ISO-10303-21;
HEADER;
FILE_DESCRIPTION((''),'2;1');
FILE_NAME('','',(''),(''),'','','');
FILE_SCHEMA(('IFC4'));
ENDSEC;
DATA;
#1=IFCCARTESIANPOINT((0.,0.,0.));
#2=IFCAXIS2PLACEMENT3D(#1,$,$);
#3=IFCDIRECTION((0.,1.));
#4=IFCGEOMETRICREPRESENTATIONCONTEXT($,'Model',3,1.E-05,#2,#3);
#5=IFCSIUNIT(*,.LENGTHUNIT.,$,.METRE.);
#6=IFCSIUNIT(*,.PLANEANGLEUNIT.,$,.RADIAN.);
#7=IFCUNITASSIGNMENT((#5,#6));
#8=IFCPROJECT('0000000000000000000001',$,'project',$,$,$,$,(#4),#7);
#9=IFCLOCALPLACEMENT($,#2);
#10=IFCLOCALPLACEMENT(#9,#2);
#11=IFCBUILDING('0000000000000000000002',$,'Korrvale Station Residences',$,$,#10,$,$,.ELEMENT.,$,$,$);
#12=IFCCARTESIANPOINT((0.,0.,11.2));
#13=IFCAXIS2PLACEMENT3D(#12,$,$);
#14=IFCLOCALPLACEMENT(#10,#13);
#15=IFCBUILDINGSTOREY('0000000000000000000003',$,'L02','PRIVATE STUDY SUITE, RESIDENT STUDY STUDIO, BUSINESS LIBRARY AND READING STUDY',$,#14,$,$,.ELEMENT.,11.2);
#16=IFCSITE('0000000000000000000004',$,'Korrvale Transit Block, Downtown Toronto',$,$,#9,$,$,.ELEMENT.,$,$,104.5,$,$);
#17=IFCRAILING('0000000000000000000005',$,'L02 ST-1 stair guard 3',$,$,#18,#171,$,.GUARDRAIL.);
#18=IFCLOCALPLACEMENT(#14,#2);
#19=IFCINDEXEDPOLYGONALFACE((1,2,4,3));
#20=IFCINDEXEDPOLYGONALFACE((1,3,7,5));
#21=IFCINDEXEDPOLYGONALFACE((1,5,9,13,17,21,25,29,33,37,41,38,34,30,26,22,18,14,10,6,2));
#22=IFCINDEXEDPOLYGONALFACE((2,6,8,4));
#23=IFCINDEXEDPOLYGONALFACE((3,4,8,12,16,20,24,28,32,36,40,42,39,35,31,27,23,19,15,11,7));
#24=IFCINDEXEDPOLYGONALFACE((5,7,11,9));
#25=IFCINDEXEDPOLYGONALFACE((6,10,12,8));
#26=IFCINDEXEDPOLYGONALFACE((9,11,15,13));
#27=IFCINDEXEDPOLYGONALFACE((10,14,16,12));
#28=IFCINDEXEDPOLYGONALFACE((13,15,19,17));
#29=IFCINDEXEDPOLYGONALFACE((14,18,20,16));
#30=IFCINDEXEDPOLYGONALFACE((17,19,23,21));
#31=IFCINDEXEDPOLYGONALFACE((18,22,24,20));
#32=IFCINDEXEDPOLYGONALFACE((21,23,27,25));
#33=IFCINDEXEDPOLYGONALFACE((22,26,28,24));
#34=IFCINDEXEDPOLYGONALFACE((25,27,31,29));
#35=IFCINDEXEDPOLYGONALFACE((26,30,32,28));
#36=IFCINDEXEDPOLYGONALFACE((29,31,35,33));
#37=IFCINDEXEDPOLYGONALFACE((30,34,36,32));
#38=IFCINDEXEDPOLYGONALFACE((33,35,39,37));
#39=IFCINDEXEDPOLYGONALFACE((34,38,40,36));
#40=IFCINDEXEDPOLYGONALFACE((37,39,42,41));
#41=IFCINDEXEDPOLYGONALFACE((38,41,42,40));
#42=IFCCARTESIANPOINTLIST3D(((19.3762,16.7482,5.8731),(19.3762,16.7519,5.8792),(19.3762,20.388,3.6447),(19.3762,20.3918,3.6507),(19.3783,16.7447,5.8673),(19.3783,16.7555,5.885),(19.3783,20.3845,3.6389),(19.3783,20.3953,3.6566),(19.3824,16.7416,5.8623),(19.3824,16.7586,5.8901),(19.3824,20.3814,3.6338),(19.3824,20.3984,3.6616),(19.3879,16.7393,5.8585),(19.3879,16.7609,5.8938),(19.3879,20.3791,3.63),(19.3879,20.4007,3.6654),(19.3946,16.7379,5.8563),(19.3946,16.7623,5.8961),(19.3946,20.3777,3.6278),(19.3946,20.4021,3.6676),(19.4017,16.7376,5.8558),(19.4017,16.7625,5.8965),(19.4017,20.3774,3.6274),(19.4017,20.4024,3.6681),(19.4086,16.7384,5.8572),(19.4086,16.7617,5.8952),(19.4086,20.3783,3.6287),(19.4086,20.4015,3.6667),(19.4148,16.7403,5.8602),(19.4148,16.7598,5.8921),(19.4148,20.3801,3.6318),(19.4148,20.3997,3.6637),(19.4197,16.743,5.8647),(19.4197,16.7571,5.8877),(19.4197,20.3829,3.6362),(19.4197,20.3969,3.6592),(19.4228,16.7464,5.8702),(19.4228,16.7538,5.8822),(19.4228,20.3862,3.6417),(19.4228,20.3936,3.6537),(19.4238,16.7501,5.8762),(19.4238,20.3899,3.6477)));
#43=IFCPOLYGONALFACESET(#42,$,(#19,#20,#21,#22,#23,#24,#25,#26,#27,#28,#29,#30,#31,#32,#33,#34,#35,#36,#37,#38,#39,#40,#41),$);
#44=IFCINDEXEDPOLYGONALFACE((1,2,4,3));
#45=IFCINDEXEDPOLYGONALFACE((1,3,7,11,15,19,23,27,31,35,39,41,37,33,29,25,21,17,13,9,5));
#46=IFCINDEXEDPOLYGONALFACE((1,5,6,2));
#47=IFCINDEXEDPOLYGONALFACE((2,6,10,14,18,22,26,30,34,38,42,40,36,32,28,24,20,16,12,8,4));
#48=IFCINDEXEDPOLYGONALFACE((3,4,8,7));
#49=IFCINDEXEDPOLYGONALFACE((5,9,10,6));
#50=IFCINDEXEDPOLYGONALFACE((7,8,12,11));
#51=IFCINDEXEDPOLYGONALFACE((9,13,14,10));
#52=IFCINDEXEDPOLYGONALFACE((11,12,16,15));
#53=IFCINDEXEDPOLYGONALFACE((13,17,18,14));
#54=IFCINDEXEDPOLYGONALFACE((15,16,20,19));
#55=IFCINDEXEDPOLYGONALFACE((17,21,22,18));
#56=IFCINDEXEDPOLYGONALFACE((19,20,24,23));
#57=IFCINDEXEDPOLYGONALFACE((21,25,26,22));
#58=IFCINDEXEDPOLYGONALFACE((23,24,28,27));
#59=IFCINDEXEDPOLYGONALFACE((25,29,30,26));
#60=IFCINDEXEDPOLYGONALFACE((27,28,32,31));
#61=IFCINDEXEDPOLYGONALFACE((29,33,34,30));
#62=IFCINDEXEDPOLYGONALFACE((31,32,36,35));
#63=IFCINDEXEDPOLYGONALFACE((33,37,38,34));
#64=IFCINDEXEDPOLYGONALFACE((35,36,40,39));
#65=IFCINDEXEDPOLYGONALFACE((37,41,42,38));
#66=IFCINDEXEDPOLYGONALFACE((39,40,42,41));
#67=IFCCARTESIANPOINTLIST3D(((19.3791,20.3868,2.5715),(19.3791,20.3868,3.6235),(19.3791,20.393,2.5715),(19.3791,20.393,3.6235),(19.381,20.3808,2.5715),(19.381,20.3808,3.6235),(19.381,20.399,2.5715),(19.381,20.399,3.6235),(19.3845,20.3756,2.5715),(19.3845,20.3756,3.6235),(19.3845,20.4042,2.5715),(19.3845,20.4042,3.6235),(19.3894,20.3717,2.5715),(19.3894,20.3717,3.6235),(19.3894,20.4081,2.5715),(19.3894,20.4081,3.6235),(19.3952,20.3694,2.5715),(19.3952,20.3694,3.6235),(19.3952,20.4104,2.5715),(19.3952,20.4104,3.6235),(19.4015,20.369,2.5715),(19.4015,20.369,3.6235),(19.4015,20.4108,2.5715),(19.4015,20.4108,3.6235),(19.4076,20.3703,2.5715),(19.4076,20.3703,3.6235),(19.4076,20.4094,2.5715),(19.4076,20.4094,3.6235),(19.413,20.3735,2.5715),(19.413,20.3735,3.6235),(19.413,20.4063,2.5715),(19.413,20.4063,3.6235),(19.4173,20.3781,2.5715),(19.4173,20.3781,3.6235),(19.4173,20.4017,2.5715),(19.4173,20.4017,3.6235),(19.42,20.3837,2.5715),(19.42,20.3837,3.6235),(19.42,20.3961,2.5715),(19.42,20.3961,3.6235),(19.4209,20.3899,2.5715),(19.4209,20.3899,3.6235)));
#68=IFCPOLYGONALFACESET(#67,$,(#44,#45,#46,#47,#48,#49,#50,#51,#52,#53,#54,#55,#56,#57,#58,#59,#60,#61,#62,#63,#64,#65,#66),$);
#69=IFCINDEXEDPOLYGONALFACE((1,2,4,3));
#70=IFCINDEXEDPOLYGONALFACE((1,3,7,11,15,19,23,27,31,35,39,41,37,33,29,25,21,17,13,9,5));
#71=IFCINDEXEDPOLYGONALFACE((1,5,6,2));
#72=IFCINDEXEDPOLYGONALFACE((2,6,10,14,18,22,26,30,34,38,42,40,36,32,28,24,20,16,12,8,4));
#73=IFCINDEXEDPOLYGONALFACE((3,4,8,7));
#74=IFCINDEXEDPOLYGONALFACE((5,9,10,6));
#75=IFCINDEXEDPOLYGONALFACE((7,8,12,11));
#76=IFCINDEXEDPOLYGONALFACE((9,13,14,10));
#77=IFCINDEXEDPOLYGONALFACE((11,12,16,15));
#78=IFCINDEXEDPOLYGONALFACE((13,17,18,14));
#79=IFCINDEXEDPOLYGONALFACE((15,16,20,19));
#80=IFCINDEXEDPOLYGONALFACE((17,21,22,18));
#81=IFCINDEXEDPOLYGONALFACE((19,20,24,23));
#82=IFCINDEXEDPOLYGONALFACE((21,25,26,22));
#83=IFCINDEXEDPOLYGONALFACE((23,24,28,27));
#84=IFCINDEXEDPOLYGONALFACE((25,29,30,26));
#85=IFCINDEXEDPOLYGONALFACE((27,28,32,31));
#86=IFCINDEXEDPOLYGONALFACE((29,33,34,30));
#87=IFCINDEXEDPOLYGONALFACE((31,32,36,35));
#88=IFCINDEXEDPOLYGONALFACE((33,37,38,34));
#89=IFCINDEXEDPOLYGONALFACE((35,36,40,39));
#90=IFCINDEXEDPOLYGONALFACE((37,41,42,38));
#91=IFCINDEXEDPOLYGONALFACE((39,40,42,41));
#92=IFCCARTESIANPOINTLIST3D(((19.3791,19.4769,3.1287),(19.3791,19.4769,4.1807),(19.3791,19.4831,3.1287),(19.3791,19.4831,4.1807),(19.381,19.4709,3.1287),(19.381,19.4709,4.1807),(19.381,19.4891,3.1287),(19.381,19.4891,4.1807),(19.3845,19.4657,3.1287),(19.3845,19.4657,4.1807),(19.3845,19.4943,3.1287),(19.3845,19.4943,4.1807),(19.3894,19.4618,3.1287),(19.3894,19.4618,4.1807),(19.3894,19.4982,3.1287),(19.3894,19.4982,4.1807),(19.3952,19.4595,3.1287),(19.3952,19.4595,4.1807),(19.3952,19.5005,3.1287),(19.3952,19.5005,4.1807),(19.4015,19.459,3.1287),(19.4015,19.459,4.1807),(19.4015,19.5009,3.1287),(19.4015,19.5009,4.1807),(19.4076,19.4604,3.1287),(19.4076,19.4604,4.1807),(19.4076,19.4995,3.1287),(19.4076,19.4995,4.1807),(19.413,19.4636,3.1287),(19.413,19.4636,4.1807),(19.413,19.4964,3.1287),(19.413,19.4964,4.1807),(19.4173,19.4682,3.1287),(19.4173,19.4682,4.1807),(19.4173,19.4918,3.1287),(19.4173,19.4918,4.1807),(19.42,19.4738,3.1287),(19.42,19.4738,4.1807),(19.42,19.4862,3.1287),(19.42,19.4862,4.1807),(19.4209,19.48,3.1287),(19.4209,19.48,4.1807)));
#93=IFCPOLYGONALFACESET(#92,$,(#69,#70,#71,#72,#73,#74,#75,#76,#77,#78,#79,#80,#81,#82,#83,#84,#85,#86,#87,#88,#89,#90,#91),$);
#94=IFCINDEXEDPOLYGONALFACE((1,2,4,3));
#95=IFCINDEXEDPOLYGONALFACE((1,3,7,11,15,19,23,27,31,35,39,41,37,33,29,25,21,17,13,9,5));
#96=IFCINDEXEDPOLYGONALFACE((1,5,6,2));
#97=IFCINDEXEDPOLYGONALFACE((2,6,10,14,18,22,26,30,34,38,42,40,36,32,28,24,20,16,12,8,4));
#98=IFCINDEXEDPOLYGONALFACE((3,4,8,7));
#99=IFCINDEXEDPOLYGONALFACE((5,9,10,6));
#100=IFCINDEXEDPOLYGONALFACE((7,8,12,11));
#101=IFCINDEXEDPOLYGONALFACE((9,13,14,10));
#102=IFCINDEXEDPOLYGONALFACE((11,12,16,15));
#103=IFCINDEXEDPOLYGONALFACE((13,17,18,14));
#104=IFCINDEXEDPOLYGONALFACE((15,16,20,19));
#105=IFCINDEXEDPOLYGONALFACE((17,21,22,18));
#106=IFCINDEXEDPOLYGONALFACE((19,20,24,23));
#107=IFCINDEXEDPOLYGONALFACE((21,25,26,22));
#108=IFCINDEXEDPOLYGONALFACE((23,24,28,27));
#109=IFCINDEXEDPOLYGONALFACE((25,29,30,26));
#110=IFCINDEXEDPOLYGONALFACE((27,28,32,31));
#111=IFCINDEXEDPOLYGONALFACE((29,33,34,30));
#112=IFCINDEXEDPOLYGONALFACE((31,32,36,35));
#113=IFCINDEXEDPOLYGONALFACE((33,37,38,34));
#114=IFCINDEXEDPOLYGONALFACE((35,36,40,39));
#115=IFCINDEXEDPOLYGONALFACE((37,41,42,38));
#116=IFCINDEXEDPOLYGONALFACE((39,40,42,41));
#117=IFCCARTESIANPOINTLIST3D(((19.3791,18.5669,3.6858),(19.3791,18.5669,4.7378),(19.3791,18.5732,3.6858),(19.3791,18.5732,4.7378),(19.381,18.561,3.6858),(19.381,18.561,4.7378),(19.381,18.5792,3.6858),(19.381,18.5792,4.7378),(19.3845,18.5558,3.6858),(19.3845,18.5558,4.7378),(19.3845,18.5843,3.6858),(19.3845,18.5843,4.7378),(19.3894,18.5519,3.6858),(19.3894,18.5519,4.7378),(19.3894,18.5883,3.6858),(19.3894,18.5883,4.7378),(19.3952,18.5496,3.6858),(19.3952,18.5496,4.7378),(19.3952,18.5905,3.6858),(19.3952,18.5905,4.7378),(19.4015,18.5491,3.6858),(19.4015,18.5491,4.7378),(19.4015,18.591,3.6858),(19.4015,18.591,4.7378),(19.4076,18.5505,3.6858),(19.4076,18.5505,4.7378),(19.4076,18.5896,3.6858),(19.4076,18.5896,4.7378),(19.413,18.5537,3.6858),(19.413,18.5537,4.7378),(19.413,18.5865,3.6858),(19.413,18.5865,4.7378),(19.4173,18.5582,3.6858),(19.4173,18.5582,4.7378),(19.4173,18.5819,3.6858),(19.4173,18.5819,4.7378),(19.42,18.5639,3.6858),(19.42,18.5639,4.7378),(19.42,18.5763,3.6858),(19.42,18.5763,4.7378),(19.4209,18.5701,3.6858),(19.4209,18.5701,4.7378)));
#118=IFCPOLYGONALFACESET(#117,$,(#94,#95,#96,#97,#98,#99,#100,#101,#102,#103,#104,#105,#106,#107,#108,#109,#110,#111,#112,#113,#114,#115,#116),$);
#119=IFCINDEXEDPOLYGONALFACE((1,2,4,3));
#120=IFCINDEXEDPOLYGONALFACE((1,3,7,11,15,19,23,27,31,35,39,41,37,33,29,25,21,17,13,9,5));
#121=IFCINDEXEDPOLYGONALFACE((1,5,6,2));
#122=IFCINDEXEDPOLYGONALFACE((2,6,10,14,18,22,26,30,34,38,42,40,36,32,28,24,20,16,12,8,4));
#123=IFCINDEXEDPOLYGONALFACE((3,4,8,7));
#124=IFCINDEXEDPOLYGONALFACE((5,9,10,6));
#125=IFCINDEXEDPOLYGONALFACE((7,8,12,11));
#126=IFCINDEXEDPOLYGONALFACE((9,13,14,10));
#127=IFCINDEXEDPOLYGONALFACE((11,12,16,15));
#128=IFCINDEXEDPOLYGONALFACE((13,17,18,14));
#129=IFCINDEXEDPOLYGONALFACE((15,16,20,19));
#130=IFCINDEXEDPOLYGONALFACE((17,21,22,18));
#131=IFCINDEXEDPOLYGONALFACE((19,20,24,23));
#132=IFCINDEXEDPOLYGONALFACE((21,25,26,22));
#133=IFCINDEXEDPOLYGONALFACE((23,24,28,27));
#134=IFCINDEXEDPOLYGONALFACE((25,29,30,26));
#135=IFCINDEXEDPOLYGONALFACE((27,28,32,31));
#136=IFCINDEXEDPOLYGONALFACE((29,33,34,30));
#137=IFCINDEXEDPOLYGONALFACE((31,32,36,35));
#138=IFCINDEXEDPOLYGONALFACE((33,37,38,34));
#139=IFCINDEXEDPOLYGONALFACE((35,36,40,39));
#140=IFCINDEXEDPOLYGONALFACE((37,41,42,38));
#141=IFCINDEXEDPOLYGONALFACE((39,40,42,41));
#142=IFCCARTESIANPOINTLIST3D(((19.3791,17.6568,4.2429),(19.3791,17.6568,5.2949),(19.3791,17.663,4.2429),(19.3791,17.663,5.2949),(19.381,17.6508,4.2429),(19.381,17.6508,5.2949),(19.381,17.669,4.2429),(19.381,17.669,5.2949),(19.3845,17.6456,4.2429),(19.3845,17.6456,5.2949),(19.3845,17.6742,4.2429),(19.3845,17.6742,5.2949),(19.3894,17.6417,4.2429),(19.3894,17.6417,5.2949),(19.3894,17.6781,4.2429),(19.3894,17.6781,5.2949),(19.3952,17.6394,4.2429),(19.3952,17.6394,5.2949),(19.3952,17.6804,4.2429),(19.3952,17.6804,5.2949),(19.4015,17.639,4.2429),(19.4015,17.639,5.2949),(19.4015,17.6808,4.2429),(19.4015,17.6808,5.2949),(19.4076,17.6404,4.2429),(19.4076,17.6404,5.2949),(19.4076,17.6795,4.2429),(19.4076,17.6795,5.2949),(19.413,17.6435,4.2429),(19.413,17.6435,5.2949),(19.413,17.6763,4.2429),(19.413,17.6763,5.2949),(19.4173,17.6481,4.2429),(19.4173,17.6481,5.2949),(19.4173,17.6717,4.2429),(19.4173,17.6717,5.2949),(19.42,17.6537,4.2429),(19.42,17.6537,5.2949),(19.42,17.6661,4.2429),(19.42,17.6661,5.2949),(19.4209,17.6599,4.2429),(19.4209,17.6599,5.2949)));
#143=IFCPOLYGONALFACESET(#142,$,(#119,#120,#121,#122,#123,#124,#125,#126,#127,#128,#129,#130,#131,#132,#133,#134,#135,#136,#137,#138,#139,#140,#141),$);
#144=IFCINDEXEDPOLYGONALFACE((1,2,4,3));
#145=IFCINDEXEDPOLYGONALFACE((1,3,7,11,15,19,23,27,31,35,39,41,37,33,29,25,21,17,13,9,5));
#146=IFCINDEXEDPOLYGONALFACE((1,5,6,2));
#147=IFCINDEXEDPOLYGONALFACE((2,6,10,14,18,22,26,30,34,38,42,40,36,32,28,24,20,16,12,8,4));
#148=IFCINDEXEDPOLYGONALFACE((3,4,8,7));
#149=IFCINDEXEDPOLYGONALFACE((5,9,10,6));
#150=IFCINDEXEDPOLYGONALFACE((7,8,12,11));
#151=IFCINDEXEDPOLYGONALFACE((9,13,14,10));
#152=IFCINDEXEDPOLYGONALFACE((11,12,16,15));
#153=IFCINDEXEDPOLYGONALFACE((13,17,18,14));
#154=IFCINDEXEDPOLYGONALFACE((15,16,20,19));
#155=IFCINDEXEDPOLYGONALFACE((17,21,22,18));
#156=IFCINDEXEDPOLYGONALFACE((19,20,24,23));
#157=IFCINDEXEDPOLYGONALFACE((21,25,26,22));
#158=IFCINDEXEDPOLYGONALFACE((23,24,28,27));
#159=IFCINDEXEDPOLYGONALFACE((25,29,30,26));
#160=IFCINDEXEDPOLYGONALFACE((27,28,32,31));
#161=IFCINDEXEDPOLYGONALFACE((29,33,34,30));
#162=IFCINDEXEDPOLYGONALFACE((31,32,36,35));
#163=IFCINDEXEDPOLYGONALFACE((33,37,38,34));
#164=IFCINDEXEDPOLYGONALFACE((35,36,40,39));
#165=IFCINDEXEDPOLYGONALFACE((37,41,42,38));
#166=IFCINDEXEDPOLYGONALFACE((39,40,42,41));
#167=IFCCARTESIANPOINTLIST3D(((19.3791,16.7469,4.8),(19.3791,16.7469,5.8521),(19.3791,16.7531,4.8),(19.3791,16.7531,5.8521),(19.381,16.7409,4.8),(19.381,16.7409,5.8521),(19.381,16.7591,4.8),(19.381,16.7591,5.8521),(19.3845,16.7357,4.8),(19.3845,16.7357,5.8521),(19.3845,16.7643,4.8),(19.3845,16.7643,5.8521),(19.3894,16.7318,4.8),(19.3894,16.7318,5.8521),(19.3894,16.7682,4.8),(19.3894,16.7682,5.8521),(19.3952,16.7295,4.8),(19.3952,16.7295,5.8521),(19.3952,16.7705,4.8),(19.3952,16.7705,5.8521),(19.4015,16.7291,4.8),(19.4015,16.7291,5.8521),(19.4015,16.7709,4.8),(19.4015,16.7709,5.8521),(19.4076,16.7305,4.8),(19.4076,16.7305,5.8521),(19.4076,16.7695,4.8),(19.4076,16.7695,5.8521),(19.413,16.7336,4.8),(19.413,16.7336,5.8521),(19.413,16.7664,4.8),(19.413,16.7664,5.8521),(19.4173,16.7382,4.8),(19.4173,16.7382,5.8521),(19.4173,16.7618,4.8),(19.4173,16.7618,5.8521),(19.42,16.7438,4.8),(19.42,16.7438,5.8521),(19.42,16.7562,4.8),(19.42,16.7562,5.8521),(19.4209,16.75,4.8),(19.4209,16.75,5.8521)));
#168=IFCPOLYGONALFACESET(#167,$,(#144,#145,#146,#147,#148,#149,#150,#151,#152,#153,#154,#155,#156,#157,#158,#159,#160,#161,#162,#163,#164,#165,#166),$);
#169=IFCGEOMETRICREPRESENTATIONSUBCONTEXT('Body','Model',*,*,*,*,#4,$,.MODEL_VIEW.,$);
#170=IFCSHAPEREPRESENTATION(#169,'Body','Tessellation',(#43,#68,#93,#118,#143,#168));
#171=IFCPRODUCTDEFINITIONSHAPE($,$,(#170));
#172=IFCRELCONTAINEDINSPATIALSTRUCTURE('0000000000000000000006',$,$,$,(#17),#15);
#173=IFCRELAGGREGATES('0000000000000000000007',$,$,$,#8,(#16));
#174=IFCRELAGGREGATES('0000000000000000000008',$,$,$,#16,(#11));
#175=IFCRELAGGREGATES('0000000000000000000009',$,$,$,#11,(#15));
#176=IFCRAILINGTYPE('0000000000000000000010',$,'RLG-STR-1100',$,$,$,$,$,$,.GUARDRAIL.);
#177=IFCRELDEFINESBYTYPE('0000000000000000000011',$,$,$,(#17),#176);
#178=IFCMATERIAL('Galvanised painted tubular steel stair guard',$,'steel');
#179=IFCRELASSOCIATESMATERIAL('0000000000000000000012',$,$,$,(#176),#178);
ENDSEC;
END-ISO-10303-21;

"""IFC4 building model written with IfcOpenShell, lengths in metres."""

from ifc_helpers import new_model, si_unit, direction, frame, origin, origin_2d, place, context, subcontext, project, spatial, circle, extrude, material, type_object, element, save


model = new_model("IFC4")

# Units and contexts
model_context = context("Model", 3, precision=1e-05, world=origin(), true_north=direction((0.0, 1.0)))
body_context = subcontext(model_context, "Body", "Model", "MODEL_VIEW")
ifc_project = project(units=[si_unit("LENGTHUNIT", "METRE"), si_unit("PLANEANGLEUNIT", "RADIAN")], contexts=[model_context])

# Site, building, storey
site_placement = place(None, origin())
site = spatial("IfcSite", under=ifc_project, at=site_placement, Name="Korrvale Transit Block, Downtown Toronto", CompositionType="ELEMENT", RefElevation=104.5)
building_placement = place(site_placement, origin())
building = spatial("IfcBuilding", under=site, at=building_placement, Name="Korrvale Station Residences", CompositionType="ELEMENT")
storey_placement = place(building_placement, frame((0.0, 0.0, 11.2)))
storey = spatial("IfcBuildingStorey", under=building, at=storey_placement, Name="L02", Description="PRIVATE STUDY SUITE, RESIDENT STUDY STUDIO, BUSINESS LIBRARY AND READING STUDY", CompositionType="ELEMENT", Elevation=11.2)

# Railing
ifc_material_1 = material(Name="Galvanised painted tubular steel stair guard", Category="steel")
railing_type_1 = type_object("IfcRailingType", Name="RLG-STR-1100", PredefinedType="GUARDRAIL", material=ifc_material_1)
for number, where, name in (
    (1, (19.3999, 20.3899, 2.5715), "L02 ST-1 stair guard 3"),
):
    element("IfcRailing", number, at=place(storey_placement, frame(where)), inside=storey, type_object=railing_type_1, Name=name, PredefinedType="GUARDRAIL", context=body_context, shape_type="SweptSolid", body=[
        extrude(circle(Radius=0.0239, at=origin_2d()), frame((0.0, 0.0, 1.0762), z_axis=(0.0, -0.85285, 0.522156), x_axis=(1.0, 0.0, 0.0)), (0.0, 0.0, 1.0), 4.2678),
        extrude(circle(Radius=0.021, at=origin_2d()), origin(), (0.0, 0.0, 1.0), 1.052),
        extrude(circle(Radius=0.021, at=origin_2d()), frame((0.0, -0.9099, 0.5571)), (0.0, 0.0, 1.0), 1.052),
        extrude(circle(Radius=0.021, at=origin_2d()), frame((0.0, -1.8198, 1.1143)), (0.0, 0.0, 1.0), 1.052),
        extrude(circle(Radius=0.021, at=origin_2d()), frame((0.0, -2.73, 1.6714)), (0.0, 0.0, 1.0), 1.052),
        extrude(circle(Radius=0.021, at=origin_2d()), frame((0.0, -3.6399, 2.2285)), (0.0, 0.0, 1.0), 1.052),
    ])

save(model, "model.ifc")
